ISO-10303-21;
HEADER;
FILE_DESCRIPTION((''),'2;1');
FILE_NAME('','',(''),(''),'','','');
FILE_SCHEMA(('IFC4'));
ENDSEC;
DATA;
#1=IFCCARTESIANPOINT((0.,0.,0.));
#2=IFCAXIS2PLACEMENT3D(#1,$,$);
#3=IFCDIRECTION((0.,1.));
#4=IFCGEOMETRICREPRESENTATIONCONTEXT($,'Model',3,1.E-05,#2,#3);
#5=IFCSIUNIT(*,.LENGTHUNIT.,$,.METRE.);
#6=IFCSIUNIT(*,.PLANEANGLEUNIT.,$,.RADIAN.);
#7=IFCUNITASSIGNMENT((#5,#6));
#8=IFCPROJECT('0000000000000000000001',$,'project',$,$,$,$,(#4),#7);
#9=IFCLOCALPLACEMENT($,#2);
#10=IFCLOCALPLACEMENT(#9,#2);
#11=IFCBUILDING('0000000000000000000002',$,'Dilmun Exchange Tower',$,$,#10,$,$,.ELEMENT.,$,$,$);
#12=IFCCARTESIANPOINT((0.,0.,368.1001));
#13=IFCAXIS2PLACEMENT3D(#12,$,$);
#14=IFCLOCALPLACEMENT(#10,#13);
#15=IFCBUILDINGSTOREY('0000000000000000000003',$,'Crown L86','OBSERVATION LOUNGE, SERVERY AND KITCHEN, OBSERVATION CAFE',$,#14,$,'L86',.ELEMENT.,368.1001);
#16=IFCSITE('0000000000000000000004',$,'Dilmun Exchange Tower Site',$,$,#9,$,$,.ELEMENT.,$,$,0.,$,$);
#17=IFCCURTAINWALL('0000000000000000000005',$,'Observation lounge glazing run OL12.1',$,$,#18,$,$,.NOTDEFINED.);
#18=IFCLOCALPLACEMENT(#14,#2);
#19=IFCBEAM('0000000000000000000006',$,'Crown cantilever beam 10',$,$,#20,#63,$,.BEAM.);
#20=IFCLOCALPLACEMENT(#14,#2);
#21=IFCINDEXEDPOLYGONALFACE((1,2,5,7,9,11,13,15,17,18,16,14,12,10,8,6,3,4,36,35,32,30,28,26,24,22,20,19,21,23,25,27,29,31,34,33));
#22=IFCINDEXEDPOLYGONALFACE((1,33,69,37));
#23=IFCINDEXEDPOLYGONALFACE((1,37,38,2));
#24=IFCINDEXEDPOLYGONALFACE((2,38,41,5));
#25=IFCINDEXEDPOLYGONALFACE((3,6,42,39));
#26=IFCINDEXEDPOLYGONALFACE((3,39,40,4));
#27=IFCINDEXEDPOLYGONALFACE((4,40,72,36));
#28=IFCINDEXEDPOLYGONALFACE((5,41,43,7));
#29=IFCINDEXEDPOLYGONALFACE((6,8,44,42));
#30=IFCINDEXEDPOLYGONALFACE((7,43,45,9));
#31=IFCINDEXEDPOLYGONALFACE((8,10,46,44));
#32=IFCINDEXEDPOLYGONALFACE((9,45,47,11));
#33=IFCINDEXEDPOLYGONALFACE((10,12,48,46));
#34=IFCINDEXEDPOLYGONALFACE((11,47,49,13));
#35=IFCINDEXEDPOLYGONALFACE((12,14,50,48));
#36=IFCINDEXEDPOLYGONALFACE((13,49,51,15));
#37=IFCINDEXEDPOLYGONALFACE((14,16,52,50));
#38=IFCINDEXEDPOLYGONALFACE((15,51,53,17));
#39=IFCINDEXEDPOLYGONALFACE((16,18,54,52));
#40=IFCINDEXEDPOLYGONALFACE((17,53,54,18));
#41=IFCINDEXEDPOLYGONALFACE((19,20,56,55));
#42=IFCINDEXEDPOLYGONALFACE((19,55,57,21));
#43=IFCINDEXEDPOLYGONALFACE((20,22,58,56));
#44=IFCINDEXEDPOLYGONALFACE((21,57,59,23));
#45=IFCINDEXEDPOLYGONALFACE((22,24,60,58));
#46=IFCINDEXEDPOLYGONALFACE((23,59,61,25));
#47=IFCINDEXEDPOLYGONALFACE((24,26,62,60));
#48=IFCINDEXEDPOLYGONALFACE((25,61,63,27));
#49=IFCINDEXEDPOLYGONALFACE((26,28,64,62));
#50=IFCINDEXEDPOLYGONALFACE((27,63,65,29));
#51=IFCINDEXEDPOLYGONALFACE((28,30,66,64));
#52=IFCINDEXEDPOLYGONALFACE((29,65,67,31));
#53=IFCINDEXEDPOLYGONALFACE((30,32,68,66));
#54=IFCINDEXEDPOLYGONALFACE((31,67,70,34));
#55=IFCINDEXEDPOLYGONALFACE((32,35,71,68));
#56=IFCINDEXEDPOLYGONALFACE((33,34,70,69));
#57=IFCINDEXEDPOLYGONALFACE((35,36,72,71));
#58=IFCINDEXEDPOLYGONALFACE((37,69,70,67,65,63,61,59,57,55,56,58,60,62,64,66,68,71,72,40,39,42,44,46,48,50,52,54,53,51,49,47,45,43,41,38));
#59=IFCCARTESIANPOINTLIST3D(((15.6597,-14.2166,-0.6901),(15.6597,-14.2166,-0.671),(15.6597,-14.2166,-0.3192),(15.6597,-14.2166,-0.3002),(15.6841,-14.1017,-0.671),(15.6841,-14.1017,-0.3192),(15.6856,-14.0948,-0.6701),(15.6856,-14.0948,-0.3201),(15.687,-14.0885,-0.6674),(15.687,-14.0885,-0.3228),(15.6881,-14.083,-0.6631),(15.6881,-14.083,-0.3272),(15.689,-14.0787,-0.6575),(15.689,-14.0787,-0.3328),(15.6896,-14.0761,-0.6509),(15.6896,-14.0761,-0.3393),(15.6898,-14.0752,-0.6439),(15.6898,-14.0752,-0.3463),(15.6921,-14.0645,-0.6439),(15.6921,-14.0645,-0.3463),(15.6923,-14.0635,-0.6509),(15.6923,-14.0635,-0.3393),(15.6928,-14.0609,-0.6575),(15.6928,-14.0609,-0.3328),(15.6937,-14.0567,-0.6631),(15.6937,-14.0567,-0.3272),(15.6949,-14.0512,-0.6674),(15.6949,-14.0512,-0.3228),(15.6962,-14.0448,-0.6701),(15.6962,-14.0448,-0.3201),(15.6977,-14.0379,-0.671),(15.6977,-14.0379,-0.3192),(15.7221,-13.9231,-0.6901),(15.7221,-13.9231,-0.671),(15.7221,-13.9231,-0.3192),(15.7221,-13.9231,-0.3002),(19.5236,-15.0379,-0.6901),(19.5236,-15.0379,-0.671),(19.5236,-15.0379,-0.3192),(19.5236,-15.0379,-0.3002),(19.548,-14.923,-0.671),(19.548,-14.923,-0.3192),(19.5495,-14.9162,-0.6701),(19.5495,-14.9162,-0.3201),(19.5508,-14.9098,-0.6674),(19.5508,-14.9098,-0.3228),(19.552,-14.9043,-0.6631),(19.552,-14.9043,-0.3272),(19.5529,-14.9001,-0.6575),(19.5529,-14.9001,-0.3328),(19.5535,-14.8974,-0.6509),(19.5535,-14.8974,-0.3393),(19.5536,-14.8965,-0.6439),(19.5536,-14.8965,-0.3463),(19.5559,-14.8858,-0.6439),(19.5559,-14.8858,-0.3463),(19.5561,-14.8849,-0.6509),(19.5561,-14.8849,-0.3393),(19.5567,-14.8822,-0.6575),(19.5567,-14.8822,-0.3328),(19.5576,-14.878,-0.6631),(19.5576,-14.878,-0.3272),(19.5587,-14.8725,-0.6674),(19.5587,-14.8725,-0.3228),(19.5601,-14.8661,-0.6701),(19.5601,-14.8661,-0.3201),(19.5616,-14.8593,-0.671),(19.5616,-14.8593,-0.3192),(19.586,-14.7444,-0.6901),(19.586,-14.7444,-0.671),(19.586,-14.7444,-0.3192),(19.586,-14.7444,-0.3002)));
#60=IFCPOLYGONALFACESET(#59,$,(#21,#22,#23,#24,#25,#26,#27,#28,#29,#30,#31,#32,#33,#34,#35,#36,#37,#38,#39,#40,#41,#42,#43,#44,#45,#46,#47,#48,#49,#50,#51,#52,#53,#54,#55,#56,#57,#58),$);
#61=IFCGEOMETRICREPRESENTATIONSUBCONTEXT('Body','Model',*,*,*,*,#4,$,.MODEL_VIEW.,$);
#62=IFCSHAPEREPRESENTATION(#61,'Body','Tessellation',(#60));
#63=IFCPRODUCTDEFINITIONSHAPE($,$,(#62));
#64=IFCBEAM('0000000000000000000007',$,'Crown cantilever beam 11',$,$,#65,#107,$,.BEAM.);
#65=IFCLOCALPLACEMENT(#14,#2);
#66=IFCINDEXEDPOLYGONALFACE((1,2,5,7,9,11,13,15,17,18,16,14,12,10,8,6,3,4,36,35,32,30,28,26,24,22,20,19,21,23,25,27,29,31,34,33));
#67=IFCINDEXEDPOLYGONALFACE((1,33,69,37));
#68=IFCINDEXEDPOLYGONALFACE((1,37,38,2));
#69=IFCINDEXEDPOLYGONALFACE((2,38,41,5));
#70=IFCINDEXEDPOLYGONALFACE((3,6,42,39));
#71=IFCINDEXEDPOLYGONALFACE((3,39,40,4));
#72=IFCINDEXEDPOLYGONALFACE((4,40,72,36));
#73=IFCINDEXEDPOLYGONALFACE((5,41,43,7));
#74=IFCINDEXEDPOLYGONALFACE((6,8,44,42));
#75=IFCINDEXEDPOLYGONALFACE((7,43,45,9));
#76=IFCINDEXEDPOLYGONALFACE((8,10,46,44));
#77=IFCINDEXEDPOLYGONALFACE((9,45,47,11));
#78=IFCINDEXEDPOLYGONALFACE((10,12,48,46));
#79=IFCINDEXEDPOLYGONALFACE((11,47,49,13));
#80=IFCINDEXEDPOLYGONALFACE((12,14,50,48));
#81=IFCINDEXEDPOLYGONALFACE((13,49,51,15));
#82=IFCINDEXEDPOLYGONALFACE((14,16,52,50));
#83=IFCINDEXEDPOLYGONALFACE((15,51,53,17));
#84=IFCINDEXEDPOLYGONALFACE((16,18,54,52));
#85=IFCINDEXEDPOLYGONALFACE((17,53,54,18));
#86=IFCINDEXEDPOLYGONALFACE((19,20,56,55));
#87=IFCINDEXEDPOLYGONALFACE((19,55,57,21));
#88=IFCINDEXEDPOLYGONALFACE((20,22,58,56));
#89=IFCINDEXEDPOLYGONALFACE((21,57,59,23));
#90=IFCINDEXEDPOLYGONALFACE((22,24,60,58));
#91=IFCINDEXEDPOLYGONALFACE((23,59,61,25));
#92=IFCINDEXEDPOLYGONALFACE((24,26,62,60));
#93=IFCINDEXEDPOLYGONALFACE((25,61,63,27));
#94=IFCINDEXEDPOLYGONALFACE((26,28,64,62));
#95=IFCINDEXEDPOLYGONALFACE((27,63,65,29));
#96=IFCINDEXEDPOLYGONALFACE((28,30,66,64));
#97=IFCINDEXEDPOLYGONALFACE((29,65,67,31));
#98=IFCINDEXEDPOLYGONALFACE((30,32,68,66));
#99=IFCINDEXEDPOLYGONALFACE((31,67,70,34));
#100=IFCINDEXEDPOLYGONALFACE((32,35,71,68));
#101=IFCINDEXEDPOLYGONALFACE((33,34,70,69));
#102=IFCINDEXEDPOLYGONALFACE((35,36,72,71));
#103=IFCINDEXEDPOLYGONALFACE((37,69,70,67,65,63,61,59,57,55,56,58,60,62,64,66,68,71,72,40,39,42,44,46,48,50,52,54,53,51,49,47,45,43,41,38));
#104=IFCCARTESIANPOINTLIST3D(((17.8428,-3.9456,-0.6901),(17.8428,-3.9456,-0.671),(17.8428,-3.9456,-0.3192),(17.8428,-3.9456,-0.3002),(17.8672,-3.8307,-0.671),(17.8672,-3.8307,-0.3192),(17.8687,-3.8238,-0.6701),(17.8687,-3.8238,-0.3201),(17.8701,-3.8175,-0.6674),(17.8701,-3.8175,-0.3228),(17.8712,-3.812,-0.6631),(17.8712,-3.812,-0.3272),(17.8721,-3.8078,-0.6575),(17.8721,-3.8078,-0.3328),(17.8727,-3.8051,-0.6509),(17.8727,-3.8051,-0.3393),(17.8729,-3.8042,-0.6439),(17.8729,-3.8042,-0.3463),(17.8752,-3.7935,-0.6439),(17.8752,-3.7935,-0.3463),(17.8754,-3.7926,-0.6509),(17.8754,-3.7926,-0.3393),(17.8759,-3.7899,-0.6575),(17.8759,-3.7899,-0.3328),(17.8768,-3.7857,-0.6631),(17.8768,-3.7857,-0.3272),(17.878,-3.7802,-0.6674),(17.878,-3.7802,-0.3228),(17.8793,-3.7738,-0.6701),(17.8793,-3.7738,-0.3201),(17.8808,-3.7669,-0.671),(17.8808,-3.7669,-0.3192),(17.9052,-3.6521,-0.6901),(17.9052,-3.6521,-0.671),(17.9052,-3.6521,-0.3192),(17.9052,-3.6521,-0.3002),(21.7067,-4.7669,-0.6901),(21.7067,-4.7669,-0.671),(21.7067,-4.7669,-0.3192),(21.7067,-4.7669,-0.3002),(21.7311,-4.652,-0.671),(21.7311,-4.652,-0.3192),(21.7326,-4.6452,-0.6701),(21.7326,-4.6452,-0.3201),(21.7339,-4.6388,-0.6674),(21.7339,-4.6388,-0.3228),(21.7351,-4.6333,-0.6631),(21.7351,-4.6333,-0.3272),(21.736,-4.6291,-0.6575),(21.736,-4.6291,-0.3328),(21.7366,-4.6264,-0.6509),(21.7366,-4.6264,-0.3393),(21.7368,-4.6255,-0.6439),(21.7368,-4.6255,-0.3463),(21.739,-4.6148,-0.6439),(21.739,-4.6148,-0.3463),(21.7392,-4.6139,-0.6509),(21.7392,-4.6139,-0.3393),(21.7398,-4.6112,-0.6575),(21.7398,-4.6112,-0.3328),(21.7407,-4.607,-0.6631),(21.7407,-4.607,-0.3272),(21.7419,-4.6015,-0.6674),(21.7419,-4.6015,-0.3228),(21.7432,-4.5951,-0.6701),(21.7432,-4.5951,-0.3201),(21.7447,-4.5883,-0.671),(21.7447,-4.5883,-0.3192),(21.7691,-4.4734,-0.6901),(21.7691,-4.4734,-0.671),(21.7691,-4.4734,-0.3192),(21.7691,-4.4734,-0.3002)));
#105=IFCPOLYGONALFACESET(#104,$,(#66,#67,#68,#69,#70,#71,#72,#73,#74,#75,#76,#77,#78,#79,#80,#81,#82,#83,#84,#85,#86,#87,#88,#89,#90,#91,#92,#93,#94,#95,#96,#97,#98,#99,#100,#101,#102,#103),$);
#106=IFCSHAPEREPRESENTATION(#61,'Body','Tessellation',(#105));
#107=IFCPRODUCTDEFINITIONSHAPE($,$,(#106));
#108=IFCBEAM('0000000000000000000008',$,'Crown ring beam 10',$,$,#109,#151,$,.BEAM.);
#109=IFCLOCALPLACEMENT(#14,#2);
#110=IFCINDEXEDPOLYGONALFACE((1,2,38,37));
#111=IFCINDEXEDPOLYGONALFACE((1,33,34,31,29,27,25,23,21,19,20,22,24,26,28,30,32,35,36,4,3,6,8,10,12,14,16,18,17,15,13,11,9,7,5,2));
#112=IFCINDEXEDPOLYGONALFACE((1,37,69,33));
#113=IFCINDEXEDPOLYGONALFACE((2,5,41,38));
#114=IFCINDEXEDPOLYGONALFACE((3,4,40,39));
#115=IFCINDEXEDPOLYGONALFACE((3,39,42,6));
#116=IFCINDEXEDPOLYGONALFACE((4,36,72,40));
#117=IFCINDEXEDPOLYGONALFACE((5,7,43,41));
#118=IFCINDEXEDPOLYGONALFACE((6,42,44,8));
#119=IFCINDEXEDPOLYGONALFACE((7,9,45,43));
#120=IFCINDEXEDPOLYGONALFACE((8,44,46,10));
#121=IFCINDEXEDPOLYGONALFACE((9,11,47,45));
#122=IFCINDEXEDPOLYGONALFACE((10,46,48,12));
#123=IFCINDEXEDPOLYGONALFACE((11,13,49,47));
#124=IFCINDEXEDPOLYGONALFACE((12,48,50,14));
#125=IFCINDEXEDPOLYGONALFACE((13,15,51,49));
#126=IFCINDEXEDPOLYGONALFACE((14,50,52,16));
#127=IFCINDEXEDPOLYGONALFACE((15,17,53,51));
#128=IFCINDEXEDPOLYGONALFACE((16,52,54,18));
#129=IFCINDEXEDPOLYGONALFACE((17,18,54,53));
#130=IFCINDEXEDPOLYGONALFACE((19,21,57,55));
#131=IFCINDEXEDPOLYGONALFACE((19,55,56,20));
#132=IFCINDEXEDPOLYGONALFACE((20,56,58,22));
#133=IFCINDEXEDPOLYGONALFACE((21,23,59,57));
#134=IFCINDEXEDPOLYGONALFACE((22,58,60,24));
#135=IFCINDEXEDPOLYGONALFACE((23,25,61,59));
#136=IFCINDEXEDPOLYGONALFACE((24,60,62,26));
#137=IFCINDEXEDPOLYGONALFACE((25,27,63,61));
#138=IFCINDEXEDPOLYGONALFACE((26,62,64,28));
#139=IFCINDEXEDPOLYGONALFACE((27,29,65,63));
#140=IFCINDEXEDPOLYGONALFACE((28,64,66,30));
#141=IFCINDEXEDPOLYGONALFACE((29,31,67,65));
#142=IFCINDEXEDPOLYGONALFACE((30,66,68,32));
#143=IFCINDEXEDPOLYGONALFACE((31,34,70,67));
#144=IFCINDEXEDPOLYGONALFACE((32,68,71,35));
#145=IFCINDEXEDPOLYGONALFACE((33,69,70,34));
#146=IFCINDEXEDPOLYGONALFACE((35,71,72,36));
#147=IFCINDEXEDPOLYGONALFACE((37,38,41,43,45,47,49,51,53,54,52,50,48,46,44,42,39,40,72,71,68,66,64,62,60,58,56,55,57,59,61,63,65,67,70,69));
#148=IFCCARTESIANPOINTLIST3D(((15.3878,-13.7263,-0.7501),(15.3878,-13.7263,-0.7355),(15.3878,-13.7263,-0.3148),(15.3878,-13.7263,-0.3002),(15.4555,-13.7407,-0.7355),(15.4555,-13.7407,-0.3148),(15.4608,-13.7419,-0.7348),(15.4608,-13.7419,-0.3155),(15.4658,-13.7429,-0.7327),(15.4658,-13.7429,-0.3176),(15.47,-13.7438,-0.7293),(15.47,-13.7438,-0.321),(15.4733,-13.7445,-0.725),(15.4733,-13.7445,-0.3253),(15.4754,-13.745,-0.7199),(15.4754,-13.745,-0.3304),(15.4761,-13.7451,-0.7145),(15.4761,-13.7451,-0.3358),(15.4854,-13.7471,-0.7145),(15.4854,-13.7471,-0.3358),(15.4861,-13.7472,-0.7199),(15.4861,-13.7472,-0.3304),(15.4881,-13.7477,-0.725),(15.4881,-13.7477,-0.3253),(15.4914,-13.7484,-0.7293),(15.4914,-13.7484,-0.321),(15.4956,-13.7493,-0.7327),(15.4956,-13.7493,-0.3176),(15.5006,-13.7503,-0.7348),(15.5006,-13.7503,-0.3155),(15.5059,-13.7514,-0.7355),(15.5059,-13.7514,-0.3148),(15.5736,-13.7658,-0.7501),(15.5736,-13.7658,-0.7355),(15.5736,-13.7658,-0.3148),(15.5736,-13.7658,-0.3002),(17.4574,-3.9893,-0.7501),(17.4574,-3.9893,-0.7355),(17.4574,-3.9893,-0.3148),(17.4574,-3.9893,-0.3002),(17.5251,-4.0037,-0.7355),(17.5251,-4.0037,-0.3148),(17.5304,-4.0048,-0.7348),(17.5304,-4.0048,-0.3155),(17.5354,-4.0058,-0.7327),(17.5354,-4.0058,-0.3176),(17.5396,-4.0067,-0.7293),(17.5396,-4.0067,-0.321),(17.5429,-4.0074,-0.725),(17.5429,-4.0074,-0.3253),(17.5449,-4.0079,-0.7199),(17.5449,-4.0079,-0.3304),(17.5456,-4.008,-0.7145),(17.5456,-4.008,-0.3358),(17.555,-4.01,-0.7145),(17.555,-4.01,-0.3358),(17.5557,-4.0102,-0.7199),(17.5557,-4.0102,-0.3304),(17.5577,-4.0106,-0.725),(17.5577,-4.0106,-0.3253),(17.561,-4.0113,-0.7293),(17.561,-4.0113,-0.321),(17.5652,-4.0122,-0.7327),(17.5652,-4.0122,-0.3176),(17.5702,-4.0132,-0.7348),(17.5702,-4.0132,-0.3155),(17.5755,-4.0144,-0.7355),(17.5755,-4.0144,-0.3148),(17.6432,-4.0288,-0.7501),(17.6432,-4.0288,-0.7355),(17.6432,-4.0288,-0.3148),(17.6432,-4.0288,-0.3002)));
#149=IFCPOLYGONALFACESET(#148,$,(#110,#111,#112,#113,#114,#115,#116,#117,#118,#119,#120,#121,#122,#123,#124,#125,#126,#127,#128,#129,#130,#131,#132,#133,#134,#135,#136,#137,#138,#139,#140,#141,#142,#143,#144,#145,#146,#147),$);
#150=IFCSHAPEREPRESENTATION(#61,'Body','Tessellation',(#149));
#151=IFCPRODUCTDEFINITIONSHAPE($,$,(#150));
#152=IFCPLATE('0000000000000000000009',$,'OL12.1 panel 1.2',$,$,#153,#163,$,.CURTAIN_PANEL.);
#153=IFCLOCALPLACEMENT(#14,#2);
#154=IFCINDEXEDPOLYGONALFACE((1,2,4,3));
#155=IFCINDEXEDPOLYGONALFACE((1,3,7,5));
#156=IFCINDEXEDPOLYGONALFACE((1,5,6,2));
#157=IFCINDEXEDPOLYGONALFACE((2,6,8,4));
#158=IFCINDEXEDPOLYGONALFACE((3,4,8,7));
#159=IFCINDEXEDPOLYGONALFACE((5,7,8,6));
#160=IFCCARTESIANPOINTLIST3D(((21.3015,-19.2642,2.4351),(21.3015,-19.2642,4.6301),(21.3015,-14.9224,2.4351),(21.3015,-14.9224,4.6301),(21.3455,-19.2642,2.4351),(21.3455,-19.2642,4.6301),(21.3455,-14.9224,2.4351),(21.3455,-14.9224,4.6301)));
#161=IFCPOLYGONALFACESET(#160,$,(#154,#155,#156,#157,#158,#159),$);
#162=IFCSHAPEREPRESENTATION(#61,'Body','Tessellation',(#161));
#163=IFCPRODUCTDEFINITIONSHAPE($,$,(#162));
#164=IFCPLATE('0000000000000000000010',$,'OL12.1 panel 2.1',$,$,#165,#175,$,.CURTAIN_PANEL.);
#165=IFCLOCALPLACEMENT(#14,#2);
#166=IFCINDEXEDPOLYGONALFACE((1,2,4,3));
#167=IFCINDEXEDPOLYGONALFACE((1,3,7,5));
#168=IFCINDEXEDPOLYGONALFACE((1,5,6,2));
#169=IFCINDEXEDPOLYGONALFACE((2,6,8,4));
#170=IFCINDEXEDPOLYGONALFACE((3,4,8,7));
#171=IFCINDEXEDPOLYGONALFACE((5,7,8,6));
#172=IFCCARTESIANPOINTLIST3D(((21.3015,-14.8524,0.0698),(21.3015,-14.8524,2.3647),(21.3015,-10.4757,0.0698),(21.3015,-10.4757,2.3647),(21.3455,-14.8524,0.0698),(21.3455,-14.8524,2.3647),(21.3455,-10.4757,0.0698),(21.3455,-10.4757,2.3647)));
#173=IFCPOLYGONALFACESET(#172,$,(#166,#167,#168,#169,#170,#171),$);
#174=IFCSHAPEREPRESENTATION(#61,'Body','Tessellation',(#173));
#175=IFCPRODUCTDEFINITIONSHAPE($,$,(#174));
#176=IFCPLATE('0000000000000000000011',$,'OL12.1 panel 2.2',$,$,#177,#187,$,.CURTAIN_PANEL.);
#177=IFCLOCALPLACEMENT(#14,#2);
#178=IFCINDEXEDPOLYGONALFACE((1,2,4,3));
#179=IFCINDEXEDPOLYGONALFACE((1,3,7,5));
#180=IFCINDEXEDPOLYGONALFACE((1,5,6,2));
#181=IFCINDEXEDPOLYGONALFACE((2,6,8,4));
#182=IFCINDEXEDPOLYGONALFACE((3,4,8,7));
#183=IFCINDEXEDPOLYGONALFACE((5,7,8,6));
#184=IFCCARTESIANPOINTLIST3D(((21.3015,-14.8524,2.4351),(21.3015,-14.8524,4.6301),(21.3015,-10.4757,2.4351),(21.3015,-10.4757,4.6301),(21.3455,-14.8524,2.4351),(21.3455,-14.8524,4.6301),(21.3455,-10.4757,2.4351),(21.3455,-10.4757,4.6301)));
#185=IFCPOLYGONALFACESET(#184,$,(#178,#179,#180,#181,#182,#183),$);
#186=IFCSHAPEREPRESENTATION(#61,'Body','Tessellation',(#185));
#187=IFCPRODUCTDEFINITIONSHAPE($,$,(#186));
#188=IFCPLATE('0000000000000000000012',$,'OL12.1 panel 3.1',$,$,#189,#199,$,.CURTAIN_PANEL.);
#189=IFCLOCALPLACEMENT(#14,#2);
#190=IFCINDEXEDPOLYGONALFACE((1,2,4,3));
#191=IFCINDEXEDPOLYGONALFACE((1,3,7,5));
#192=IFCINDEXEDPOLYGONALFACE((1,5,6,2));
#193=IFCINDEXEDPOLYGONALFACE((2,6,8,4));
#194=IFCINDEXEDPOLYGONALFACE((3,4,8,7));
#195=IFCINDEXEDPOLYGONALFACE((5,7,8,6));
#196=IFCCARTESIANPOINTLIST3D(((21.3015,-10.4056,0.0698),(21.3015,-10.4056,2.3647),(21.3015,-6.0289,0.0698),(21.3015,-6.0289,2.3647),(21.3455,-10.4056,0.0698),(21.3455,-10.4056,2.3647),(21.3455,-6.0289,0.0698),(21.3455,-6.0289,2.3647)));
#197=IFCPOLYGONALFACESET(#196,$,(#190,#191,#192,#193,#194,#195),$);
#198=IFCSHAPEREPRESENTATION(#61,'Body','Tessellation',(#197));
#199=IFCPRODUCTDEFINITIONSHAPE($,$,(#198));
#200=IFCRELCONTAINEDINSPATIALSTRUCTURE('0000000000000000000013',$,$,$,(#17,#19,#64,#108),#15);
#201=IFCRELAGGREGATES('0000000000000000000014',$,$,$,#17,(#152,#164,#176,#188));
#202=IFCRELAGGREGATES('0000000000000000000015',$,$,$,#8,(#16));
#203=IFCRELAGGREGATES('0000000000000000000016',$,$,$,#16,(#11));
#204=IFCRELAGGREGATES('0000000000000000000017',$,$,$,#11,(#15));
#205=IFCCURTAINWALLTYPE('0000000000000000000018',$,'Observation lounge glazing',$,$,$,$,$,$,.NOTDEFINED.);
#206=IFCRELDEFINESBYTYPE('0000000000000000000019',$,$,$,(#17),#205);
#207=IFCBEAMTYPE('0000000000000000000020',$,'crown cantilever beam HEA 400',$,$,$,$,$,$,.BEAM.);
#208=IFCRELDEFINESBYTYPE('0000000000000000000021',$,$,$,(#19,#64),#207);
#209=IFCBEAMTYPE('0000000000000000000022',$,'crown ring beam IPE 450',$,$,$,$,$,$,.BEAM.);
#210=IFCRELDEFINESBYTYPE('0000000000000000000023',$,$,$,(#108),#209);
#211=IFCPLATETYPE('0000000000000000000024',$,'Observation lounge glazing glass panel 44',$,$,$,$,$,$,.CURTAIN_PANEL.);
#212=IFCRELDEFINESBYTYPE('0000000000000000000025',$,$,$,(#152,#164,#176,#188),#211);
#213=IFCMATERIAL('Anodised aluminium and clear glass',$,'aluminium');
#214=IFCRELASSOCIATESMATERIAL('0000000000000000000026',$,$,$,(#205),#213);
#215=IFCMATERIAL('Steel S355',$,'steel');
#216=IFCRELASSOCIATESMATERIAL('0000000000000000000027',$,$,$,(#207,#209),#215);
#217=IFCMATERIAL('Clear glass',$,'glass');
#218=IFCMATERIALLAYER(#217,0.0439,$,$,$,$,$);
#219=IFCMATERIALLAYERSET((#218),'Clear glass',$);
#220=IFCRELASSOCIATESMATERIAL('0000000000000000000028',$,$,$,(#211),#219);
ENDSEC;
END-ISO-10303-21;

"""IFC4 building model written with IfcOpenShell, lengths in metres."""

from ifc_helpers import new_model, si_unit, direction, frame, origin, origin_2d, place, context, subcontext, project, spatial, rectangle, i_section, extrude, material, layer, layer_set, material_profile, profile_set, type_object, element, aggregate, save


model = new_model("IFC4")

# Units and contexts
model_context = context("Model", 3, precision=1e-05, world=origin(), true_north=direction((0.0, 1.0)))
body_context = subcontext(model_context, "Body", "Model", "MODEL_VIEW")
ifc_project = project(units=[si_unit("LENGTHUNIT", "METRE"), si_unit("PLANEANGLEUNIT", "RADIAN")], contexts=[model_context])

# Site, building, storey
site_placement = place(None, origin())
site = spatial("IfcSite", under=ifc_project, at=site_placement, Name="Dilmun Exchange Tower Site", CompositionType="ELEMENT", RefElevation=0.0)
building_placement = place(site_placement, origin())
building = spatial("IfcBuilding", under=site, at=building_placement, Name="Dilmun Exchange Tower", CompositionType="ELEMENT")
storey_placement = place(building_placement, frame((0.0, 0.0, 368.1001)))
storey = spatial("IfcBuildingStorey", under=building, at=storey_placement, Name="Crown L86", Description="OBSERVATION LOUNGE, SERVERY AND KITCHEN, OBSERVATION CAFE", LongName="L86", CompositionType="ELEMENT", Elevation=368.1001)

# Curtain wall
ifc_material_1 = material(Name="Anodised aluminium and clear glass", Category="aluminium")
curtain_wall_type = type_object("IfcCurtainWallType", Name="Observation lounge glazing", PredefinedType="NOTDEFINED", material=ifc_material_1)
curtain_wall_placement = place(storey_placement, origin())
curtain_wall = element("IfcCurtainWall", 1, at=curtain_wall_placement, inside=storey, type_object=curtain_wall_type, Name="Observation lounge glazing run OL12.1", PredefinedType="NOTDEFINED")

# Beams
ifc_material_2 = material(Name="Steel S355", Category="steel")
ifc_material_profile_1 = material_profile(ifc_material_2, i_section(OverallWidth=0.3, OverallDepth=0.3899, WebThickness=0.011, FlangeThickness=0.019, FilletRadius=0.0271, at=origin_2d()), Name="HEA 400")
ifc_profile_set_1 = profile_set([ifc_material_profile_1], Name="Steel S355")
beam_type_1 = type_object("IfcBeamType", Name="crown cantilever beam HEA 400", PredefinedType="BEAM", material=ifc_profile_set_1)
for number, where, z_axis, x_axis, name in (
    (2, (15.6909, -14.0698, -0.4951), (0.978147, -0.207916, 0.0), (0.207916, 0.978147, 0.0), "Crown cantilever beam 10"),
    (3, (17.874, -3.7988, -0.4951), (0.978147, -0.207916, 0.0), (0.207916, 0.978147, 0.0), "Crown cantilever beam 11"),
):
    element("IfcBeam", number, at=place(storey_placement, frame(where, z_axis=z_axis, x_axis=x_axis)), inside=storey, type_object=beam_type_1, Name=name, PredefinedType="BEAM", context=body_context, shape_type="SweptSolid", body=[
        extrude(i_section(OverallWidth=0.3, OverallDepth=0.3899, WebThickness=0.011, FlangeThickness=0.019, FilletRadius=0.0271, at=origin_2d()), origin(), (0.0, 0.0, 1.0), 3.9502),
    ])
ifc_material_profile_2 = material_profile(ifc_material_2, i_section(OverallWidth=0.1899, OverallDepth=0.45, WebThickness=0.0095, FlangeThickness=0.0146, FilletRadius=0.021, at=origin_2d()), Name="IPE 450")
ifc_profile_set_2 = profile_set([ifc_material_profile_2], Name="Steel S355")
beam_type_2 = type_object("IfcBeamType", Name="crown ring beam IPE 450", PredefinedType="BEAM", material=ifc_profile_set_2)
beam_placement = place(storey_placement, frame((15.4807, -13.7461, -0.5251), z_axis=(0.207902, 0.97815, 0.0), x_axis=(-0.97815, 0.207902, 0.0)))
element("IfcBeam", 4, at=beam_placement, inside=storey, type_object=beam_type_2, Name="Crown ring beam 10", PredefinedType="BEAM", context=body_context, shape_type="SweptSolid", body=[
    extrude(i_section(OverallWidth=0.1899, OverallDepth=0.45, WebThickness=0.0095, FlangeThickness=0.0146, FilletRadius=0.021, at=origin_2d()), origin(), (0.0, 0.0, 1.0), 9.9546),
])

# Plates
ifc_material_3 = material(Name="Clear glass", Category="glass")
ifc_layer_1 = layer(ifc_material_3, 0.0439)
ifc_layer_set_1 = layer_set([ifc_layer_1], Name="Clear glass")
plate_type = type_object("IfcPlateType", Name="Observation lounge glazing glass panel 44", PredefinedType="CURTAIN_PANEL", material=ifc_layer_set_1)
plate_1_placement = place(storey_placement, frame((21.3235, -17.0933, 2.4351), z_axis=(0.0, 0.0, 1.0), x_axis=(0.0, 1.0, 0.0)))
plate_1 = element("IfcPlate", 5, at=plate_1_placement, type_object=plate_type, Name="OL12.1 panel 1.2", PredefinedType="CURTAIN_PANEL", context=body_context, shape_type="SweptSolid", body=[
    extrude(rectangle(XDim=4.3418, YDim=0.0439, at=origin_2d()), origin(), (0.0, 0.0, 1.0), 2.1951),
])
plate_2_placement = place(storey_placement, frame((21.3235, -12.6641, 0.0698), z_axis=(0.0, 0.0, 1.0), x_axis=(0.0, 1.0, 0.0)))
plate_2 = element("IfcPlate", 6, at=plate_2_placement, type_object=plate_type, Name="OL12.1 panel 2.1", PredefinedType="CURTAIN_PANEL", context=body_context, shape_type="SweptSolid", body=[
    extrude(rectangle(XDim=4.3767, YDim=0.0439, at=origin_2d()), origin(), (0.0, 0.0, 1.0), 2.2949),
])
plate_3_placement = place(storey_placement, frame((21.3235, -12.6641, 2.4351), z_axis=(0.0, 0.0, 1.0), x_axis=(0.0, 1.0, 0.0)))
plate_3 = element("IfcPlate", 7, at=plate_3_placement, type_object=plate_type, Name="OL12.1 panel 2.2", PredefinedType="CURTAIN_PANEL", context=body_context, shape_type="SweptSolid", body=[
    extrude(rectangle(XDim=4.3767, YDim=0.0439, at=origin_2d()), origin(), (0.0, 0.0, 1.0), 2.1951),
])
plate_4_placement = place(storey_placement, frame((21.3235, -8.2173, 0.0698), z_axis=(0.0, 0.0, 1.0), x_axis=(0.0, 1.0, 0.0)))
plate_4 = element("IfcPlate", 8, at=plate_4_placement, type_object=plate_type, Name="OL12.1 panel 3.1", PredefinedType="CURTAIN_PANEL", context=body_context, shape_type="SweptSolid", body=[
    extrude(rectangle(XDim=4.3767, YDim=0.0439, at=origin_2d()), origin(), (0.0, 0.0, 1.0), 2.2949),
])
aggregate(curtain_wall, [plate_1, plate_2, plate_3, plate_4])

save(model, "model.ifc")
